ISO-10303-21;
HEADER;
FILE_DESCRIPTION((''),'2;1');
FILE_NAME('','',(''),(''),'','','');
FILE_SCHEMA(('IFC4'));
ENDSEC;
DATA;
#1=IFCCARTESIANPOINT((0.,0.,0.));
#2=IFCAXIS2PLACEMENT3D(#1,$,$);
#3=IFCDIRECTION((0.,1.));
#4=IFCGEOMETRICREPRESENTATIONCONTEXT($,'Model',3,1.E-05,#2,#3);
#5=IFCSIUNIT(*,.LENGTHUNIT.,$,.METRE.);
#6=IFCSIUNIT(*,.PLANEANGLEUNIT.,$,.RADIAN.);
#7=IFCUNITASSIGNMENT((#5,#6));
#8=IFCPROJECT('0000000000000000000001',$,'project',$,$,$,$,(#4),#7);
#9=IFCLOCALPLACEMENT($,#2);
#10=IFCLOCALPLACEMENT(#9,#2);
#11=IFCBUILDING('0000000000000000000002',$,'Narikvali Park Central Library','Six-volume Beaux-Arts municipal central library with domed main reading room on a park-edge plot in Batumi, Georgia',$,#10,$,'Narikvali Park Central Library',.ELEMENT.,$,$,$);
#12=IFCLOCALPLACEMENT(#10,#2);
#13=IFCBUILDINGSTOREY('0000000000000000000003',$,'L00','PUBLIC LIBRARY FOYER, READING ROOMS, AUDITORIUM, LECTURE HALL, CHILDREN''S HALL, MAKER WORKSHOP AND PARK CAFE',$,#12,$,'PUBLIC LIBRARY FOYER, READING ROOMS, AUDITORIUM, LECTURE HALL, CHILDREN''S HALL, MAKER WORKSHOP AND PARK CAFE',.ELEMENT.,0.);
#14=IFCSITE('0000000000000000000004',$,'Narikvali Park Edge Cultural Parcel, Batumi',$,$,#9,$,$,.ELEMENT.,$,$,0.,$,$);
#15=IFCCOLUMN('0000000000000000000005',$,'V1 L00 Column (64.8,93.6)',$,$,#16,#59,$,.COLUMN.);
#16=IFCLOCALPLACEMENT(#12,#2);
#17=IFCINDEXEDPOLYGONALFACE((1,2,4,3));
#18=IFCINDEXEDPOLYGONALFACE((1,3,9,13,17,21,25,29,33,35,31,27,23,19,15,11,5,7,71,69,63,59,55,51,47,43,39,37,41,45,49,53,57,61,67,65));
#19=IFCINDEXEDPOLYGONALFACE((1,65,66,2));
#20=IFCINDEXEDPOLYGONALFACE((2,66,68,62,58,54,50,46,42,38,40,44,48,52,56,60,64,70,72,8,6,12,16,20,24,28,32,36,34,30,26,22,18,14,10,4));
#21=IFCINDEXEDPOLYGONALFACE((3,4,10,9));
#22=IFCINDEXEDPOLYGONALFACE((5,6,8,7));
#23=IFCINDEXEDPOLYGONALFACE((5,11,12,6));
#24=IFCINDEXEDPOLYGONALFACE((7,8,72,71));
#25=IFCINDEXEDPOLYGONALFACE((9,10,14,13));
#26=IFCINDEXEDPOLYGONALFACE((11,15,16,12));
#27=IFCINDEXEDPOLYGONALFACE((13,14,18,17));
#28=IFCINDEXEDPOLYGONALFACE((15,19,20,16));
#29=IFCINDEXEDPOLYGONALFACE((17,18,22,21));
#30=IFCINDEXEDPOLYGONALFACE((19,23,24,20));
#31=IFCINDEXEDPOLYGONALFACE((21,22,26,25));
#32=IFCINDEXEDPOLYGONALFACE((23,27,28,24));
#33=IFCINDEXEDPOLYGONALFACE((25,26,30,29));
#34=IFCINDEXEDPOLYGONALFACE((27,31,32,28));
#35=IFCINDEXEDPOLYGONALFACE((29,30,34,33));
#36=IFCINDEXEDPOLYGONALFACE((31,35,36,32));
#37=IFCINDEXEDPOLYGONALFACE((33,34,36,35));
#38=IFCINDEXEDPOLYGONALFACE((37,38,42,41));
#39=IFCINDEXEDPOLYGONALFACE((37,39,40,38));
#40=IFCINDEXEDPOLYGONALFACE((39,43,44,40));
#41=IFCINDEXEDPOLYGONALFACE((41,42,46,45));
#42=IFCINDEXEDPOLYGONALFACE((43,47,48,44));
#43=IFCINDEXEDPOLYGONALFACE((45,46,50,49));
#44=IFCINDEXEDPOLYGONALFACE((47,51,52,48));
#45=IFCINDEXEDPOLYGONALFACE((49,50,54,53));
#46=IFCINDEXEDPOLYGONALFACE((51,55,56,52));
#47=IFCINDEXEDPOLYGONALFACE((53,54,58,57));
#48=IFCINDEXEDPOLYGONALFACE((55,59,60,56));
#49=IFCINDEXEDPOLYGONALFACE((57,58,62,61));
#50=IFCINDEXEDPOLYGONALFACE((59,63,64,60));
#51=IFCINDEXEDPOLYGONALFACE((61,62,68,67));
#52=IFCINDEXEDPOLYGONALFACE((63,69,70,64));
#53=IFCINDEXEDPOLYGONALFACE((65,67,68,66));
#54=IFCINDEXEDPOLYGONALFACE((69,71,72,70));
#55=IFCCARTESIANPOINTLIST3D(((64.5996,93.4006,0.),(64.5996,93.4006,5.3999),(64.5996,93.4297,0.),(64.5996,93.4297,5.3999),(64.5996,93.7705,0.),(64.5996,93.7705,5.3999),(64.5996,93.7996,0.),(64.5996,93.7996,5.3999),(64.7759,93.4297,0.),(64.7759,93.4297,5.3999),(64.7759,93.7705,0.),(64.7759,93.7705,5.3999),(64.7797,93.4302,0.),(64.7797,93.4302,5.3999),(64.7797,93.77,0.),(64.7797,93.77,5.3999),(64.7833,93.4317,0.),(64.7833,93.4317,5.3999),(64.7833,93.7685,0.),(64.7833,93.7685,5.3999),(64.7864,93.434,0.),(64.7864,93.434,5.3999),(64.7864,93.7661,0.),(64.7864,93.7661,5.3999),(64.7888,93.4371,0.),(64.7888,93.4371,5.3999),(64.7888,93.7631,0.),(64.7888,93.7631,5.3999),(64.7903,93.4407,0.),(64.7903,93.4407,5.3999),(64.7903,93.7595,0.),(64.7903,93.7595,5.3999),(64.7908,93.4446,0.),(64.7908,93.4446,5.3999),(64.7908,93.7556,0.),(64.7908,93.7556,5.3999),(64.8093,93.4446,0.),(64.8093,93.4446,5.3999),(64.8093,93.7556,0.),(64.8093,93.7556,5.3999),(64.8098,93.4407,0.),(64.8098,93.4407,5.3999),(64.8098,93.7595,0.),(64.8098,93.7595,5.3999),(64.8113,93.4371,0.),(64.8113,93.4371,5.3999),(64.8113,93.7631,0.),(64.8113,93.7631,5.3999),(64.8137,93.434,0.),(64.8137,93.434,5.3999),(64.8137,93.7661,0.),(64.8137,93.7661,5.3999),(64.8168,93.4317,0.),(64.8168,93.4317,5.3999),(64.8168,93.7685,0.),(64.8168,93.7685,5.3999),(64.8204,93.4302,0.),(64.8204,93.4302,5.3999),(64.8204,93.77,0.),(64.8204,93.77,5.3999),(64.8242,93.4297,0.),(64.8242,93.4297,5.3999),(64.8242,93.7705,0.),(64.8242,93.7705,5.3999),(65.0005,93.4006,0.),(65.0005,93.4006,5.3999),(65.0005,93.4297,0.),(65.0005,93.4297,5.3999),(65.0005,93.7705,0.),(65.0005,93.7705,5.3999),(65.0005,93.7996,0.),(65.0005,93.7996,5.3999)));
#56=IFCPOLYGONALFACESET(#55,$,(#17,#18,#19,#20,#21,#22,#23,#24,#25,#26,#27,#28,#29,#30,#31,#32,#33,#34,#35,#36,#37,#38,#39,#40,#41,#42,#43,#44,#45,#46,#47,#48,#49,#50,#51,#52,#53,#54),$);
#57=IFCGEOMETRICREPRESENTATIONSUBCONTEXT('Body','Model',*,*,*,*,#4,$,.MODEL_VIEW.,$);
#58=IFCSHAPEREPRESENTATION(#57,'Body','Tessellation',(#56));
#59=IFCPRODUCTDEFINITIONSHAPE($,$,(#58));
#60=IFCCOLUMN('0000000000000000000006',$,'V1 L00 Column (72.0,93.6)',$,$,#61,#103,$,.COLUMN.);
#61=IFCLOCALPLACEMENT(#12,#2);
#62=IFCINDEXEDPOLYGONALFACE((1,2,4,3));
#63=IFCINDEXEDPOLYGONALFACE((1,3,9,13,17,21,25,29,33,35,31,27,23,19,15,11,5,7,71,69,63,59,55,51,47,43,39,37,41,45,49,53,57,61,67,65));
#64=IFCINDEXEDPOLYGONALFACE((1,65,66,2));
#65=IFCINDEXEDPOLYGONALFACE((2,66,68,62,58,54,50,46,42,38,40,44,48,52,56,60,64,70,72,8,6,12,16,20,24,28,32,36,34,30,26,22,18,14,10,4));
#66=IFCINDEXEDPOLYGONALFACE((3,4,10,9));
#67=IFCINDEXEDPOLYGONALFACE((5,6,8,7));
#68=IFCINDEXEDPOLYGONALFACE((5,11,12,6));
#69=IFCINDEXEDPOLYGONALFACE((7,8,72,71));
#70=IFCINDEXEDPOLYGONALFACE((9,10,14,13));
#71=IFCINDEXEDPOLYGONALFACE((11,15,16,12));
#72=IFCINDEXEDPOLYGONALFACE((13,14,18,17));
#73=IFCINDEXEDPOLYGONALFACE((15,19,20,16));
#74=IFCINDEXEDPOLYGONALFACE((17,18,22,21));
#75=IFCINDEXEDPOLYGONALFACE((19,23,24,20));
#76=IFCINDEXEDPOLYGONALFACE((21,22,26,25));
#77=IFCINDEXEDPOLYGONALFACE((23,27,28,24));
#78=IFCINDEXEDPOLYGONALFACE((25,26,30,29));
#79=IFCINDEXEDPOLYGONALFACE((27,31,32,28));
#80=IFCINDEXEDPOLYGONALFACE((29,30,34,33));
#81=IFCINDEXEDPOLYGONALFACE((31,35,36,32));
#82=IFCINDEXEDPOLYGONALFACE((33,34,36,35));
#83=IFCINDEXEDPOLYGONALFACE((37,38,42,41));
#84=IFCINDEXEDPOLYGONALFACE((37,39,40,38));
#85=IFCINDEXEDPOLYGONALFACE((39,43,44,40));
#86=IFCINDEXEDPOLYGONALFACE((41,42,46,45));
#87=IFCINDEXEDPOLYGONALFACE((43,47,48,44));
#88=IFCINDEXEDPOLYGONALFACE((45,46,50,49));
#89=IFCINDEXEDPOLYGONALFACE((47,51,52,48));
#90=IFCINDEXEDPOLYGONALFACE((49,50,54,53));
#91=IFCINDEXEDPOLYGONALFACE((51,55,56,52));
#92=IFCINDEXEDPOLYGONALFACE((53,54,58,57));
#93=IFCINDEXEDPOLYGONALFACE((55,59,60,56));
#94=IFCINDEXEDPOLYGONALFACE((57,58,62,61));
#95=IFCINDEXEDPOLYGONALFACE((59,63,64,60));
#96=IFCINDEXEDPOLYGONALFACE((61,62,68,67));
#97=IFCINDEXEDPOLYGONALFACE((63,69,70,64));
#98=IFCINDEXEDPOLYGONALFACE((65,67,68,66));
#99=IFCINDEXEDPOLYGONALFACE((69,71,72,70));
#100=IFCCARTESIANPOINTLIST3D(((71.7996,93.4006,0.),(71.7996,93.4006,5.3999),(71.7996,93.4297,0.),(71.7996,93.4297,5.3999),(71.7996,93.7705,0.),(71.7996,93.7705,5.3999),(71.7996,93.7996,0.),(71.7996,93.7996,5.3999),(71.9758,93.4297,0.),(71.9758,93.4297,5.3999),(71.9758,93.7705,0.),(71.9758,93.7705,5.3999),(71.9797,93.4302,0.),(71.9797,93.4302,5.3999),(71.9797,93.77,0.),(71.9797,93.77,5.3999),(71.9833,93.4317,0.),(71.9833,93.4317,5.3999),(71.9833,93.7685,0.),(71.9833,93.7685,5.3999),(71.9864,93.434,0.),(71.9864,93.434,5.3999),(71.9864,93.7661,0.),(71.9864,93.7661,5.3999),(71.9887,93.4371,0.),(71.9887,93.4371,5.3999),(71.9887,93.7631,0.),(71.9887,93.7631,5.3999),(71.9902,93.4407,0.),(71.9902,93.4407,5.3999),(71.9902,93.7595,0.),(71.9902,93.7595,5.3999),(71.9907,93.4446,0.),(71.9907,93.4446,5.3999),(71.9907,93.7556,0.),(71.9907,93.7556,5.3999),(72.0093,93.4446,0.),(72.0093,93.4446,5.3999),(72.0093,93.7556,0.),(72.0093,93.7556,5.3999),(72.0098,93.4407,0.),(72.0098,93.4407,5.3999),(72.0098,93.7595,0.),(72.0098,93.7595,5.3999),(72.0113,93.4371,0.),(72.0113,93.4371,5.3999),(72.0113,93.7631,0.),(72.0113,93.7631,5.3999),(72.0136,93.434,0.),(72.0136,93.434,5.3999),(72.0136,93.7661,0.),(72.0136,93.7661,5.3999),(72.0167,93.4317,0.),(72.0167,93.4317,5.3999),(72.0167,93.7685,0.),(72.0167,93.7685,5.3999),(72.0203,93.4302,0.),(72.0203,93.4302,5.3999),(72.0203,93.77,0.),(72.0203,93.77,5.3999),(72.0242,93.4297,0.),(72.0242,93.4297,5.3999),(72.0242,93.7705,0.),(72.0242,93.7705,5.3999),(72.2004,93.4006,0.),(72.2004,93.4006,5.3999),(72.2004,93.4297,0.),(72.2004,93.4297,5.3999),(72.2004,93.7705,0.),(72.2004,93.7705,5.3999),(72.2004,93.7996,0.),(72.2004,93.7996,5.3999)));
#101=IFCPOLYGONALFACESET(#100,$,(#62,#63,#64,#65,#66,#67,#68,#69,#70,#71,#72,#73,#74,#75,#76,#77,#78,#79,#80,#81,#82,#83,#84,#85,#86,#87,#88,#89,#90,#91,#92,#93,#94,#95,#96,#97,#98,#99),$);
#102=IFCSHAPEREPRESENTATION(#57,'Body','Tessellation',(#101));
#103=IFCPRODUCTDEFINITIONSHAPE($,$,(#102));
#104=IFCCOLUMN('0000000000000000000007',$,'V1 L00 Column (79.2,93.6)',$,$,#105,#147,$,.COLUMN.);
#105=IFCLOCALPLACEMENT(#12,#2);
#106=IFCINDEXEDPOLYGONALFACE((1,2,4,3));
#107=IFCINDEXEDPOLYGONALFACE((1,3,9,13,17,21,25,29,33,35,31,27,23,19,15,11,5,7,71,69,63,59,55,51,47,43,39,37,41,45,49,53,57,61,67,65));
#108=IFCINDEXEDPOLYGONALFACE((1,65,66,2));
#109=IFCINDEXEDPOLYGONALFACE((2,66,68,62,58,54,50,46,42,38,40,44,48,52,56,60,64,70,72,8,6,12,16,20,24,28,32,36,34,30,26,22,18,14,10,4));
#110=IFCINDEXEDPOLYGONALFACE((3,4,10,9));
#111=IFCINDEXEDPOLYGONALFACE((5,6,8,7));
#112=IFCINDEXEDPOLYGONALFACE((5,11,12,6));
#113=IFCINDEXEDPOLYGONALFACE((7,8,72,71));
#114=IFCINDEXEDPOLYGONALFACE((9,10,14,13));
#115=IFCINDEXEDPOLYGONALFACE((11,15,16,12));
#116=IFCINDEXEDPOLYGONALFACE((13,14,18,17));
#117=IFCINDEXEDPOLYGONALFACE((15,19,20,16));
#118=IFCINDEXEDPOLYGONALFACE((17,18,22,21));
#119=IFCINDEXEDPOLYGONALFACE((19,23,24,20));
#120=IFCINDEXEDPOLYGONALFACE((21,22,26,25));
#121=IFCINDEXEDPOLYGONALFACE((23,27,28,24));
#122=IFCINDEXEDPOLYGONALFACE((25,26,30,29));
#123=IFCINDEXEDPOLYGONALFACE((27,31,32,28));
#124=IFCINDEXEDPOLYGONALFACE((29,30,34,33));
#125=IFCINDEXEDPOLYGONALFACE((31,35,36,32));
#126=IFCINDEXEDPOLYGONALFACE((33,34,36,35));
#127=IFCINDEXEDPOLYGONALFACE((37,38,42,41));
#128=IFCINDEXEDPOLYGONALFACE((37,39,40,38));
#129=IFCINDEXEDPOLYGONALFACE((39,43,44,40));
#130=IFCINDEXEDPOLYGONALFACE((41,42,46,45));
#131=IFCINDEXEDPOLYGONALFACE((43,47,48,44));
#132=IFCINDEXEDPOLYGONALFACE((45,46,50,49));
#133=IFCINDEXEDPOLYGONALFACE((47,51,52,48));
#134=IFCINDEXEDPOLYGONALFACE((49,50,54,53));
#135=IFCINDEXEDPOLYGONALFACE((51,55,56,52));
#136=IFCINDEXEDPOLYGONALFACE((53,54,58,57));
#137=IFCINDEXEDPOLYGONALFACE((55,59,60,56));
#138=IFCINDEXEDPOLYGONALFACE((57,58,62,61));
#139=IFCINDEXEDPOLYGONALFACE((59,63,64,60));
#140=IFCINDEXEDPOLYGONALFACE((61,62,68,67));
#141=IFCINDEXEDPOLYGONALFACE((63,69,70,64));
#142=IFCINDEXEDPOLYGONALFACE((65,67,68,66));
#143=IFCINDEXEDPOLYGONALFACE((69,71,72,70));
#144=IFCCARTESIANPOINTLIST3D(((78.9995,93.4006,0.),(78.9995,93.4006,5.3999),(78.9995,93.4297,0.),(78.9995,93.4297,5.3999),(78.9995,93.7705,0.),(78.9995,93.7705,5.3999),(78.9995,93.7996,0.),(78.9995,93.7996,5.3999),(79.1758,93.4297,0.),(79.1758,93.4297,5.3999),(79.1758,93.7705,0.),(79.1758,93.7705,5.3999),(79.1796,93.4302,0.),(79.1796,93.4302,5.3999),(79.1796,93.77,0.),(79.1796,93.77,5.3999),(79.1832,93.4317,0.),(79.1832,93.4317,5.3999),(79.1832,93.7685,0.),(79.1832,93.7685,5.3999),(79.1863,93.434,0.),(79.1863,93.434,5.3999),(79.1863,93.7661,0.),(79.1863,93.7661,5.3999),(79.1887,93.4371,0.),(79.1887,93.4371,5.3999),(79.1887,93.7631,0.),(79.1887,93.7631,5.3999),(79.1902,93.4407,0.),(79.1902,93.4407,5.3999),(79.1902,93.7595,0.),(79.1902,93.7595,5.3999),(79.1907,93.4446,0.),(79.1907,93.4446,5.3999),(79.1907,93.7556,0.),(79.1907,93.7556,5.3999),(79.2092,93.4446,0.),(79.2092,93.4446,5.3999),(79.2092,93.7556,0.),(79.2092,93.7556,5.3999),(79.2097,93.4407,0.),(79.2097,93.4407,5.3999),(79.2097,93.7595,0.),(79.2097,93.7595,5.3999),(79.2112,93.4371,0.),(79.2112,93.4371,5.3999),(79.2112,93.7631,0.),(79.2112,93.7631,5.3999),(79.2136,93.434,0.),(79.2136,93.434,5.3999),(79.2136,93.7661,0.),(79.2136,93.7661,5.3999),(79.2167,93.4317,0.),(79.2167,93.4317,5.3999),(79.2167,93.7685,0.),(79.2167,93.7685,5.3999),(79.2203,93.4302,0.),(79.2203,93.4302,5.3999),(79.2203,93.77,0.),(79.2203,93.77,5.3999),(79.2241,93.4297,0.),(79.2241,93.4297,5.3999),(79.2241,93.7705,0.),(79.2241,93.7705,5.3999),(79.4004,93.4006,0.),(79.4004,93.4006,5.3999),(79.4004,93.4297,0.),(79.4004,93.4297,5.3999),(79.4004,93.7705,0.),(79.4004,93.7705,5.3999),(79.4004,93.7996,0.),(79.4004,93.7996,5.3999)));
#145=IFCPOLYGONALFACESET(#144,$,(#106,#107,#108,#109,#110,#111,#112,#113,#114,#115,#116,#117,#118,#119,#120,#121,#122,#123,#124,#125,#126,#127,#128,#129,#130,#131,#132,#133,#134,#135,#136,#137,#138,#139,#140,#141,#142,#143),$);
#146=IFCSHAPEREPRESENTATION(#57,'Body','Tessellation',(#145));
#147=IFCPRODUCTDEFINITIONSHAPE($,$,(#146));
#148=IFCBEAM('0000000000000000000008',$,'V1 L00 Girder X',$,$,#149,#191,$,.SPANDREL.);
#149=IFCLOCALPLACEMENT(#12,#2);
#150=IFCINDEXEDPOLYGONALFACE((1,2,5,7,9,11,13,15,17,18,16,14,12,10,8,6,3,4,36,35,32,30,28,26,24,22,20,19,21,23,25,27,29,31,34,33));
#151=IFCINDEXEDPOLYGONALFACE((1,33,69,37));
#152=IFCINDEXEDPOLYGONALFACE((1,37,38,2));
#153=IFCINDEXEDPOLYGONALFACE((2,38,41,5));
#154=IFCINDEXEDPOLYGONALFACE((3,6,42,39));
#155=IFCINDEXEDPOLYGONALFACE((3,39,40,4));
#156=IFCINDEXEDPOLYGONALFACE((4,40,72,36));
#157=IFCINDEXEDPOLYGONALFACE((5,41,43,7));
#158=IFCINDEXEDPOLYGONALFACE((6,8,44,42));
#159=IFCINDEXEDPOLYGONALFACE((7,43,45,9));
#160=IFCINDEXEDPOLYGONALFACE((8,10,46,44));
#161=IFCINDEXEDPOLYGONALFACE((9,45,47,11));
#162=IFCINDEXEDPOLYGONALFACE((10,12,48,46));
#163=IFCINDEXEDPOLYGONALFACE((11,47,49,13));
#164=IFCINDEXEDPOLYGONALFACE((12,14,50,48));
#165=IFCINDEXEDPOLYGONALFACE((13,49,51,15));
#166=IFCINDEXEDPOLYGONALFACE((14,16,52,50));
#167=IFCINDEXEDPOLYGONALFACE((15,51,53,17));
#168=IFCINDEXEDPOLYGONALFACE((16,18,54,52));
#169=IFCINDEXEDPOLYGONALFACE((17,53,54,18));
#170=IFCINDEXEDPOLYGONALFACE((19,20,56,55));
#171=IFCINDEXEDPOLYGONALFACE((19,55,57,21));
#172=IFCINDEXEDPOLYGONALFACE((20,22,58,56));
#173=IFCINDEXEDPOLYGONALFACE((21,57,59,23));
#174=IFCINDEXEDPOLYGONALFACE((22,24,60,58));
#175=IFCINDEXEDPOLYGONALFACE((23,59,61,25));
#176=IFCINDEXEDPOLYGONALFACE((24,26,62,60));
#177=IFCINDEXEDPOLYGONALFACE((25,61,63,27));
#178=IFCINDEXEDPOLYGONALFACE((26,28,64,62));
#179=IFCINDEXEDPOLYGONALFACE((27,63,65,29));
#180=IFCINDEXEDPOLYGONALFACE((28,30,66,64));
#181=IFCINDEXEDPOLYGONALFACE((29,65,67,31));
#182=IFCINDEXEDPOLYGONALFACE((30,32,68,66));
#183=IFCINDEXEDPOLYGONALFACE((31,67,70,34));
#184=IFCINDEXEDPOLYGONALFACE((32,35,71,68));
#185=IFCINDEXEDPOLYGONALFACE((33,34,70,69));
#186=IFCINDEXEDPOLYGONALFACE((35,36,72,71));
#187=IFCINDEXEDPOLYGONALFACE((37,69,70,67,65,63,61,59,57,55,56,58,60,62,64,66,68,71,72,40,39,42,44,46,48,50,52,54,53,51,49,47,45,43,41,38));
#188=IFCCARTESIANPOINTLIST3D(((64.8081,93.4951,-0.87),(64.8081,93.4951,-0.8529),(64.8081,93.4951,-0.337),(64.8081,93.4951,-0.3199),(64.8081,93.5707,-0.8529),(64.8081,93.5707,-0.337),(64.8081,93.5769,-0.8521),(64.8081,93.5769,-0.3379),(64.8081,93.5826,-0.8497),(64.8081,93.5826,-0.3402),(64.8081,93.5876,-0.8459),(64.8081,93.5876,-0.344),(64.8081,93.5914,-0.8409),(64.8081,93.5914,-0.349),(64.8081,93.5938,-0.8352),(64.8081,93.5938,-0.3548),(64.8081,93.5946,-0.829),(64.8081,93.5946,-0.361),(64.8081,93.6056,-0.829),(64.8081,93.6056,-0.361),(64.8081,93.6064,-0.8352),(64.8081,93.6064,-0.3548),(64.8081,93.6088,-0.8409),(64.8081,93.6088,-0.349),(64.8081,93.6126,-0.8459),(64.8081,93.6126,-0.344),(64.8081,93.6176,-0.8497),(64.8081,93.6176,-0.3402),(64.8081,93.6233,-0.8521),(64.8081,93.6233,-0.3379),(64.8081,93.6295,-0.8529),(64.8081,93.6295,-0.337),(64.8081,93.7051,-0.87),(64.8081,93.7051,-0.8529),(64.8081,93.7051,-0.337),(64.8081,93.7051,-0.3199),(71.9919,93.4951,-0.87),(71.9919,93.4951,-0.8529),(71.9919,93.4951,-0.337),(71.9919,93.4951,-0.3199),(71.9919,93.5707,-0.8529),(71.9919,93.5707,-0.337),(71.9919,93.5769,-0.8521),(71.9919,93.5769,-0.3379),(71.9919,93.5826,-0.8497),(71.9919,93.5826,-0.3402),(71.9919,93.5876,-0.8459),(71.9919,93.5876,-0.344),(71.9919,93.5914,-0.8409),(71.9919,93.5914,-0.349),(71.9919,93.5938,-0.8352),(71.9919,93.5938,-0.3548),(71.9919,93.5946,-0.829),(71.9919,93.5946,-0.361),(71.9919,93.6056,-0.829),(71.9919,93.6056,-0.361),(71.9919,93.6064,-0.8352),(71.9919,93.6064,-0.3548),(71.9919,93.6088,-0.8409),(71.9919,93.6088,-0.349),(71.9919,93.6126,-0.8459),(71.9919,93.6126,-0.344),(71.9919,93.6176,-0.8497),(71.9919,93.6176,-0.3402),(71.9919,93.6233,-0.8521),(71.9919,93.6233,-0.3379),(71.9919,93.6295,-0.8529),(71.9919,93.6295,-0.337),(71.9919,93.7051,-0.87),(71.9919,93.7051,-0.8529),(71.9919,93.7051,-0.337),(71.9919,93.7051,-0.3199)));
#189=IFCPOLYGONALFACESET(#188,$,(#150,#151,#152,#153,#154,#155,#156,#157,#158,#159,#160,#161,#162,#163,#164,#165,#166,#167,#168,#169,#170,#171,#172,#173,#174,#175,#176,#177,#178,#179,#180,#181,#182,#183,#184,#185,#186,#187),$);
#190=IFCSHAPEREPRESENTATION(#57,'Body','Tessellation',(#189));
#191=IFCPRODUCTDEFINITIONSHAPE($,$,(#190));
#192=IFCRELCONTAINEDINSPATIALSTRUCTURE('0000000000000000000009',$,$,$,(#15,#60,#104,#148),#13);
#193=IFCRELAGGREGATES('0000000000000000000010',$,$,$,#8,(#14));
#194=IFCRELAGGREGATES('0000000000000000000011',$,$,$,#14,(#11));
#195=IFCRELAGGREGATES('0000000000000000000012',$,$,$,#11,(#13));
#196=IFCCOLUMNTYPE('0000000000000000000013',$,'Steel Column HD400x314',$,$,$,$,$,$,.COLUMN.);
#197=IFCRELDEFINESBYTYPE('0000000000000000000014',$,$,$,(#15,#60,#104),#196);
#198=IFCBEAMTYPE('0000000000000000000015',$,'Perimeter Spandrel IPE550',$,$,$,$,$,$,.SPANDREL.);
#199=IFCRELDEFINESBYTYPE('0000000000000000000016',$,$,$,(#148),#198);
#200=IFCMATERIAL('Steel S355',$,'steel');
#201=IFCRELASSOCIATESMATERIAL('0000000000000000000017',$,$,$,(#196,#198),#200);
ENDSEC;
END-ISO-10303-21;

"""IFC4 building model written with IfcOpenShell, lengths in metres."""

from ifc_helpers import new_model, si_unit, direction, frame, origin, origin_2d, place, context, subcontext, project, spatial, i_section, extrude, material, material_profile, profile_set, type_object, element, save


model = new_model("IFC4")

# Units and contexts
model_context = context("Model", 3, precision=1e-05, world=origin(), true_north=direction((0.0, 1.0)))
body_context = subcontext(model_context, "Body", "Model", "MODEL_VIEW")
ifc_project = project(units=[si_unit("LENGTHUNIT", "METRE"), si_unit("PLANEANGLEUNIT", "RADIAN")], contexts=[model_context])

# Site, building, storey
site_placement = place(None, origin())
site = spatial("IfcSite", under=ifc_project, at=site_placement, Name="Narikvali Park Edge Cultural Parcel, Batumi", CompositionType="ELEMENT", RefElevation=0.0)
building_placement = place(site_placement, origin())
building = spatial("IfcBuilding", under=site, at=building_placement, Name="Narikvali Park Central Library", Description="Six-volume Beaux-Arts municipal central library with domed main reading room on a park-edge plot in Batumi, Georgia", LongName="Narikvali Park Central Library", CompositionType="ELEMENT")
storey_placement = place(building_placement, origin())
storey = spatial("IfcBuildingStorey", under=building, at=storey_placement, Name="L00", Description="PUBLIC LIBRARY FOYER, READING ROOMS, AUDITORIUM, LECTURE HALL, CHILDREN'S HALL, MAKER WORKSHOP AND PARK CAFE", LongName="PUBLIC LIBRARY FOYER, READING ROOMS, AUDITORIUM, LECTURE HALL, CHILDREN'S HALL, MAKER WORKSHOP AND PARK CAFE", CompositionType="ELEMENT", Elevation=0.0)

# Columns
ifc_material_1 = material(Name="Steel S355", Category="steel")
ifc_material_profile_1 = material_profile(ifc_material_1, i_section(OverallWidth=0.4009, OverallDepth=0.3989, WebThickness=0.0186, FlangeThickness=0.0291, FilletRadius=0.0149, at=origin_2d()), Name="HD 400x314")
ifc_profile_set_1 = profile_set([ifc_material_profile_1], Name="Steel S355")
column_type = type_object("IfcColumnType", Name="Steel Column HD400x314", PredefinedType="COLUMN", material=ifc_profile_set_1)
for number, where, z_axis, x_axis, name in (
    (1, (64.8, 93.6001, 0.0), (0.0, 0.0, 1.0), (1.0, 0.0, 0.0), "V1 L00 Column (64.8,93.6)"),
    (2, (72.0, 93.6001, 0.0), (0.0, 0.0, 1.0), (1.0, 0.0, 0.0), "V1 L00 Column (72.0,93.6)"),
    (3, (79.2, 93.6001, 0.0), (0.0, 0.0, 1.0), (1.0, 0.0, 0.0), "V1 L00 Column (79.2,93.6)"),
):
    element("IfcColumn", number, at=place(storey_placement, frame(where, z_axis=z_axis, x_axis=x_axis)), inside=storey, type_object=column_type, Name=name, PredefinedType="COLUMN", context=body_context, shape_type="SweptSolid", body=[
        extrude(i_section(OverallWidth=0.4009, OverallDepth=0.3989, WebThickness=0.0186, FlangeThickness=0.0291, FilletRadius=0.0149, at=origin_2d()), origin(), (0.0, 0.0, 1.0), 5.3999),
    ])

# Beam
ifc_material_profile_2 = material_profile(ifc_material_1, i_section(OverallWidth=0.21, OverallDepth=0.55, WebThickness=0.011, FlangeThickness=0.0171, FilletRadius=0.0239, at=origin_2d()), Name="IPE 550")
ifc_profile_set_2 = profile_set([ifc_material_profile_2], Name="Steel S355")
beam_type_1 = type_object("IfcBeamType", Name="Perimeter Spandrel IPE550", PredefinedType="SPANDREL", material=ifc_profile_set_2)
for number, where, z_axis, x_axis, name in (
    (4, (64.8081, 93.6001, -0.595), (1.0, 0.0, 0.0), (0.0, 1.0, 0.0), "V1 L00 Girder X"),
):
    element("IfcBeam", number, at=place(storey_placement, frame(where, z_axis=z_axis, x_axis=x_axis)), inside=storey, type_object=beam_type_1, Name=name, PredefinedType="SPANDREL", context=body_context, shape_type="SweptSolid", body=[
        extrude(i_section(OverallWidth=0.21, OverallDepth=0.55, WebThickness=0.011, FlangeThickness=0.0171, FilletRadius=0.0239, at=origin_2d()), origin(), (0.0, 0.0, 1.0), 7.1838),
    ])

save(model, "model.ifc")
